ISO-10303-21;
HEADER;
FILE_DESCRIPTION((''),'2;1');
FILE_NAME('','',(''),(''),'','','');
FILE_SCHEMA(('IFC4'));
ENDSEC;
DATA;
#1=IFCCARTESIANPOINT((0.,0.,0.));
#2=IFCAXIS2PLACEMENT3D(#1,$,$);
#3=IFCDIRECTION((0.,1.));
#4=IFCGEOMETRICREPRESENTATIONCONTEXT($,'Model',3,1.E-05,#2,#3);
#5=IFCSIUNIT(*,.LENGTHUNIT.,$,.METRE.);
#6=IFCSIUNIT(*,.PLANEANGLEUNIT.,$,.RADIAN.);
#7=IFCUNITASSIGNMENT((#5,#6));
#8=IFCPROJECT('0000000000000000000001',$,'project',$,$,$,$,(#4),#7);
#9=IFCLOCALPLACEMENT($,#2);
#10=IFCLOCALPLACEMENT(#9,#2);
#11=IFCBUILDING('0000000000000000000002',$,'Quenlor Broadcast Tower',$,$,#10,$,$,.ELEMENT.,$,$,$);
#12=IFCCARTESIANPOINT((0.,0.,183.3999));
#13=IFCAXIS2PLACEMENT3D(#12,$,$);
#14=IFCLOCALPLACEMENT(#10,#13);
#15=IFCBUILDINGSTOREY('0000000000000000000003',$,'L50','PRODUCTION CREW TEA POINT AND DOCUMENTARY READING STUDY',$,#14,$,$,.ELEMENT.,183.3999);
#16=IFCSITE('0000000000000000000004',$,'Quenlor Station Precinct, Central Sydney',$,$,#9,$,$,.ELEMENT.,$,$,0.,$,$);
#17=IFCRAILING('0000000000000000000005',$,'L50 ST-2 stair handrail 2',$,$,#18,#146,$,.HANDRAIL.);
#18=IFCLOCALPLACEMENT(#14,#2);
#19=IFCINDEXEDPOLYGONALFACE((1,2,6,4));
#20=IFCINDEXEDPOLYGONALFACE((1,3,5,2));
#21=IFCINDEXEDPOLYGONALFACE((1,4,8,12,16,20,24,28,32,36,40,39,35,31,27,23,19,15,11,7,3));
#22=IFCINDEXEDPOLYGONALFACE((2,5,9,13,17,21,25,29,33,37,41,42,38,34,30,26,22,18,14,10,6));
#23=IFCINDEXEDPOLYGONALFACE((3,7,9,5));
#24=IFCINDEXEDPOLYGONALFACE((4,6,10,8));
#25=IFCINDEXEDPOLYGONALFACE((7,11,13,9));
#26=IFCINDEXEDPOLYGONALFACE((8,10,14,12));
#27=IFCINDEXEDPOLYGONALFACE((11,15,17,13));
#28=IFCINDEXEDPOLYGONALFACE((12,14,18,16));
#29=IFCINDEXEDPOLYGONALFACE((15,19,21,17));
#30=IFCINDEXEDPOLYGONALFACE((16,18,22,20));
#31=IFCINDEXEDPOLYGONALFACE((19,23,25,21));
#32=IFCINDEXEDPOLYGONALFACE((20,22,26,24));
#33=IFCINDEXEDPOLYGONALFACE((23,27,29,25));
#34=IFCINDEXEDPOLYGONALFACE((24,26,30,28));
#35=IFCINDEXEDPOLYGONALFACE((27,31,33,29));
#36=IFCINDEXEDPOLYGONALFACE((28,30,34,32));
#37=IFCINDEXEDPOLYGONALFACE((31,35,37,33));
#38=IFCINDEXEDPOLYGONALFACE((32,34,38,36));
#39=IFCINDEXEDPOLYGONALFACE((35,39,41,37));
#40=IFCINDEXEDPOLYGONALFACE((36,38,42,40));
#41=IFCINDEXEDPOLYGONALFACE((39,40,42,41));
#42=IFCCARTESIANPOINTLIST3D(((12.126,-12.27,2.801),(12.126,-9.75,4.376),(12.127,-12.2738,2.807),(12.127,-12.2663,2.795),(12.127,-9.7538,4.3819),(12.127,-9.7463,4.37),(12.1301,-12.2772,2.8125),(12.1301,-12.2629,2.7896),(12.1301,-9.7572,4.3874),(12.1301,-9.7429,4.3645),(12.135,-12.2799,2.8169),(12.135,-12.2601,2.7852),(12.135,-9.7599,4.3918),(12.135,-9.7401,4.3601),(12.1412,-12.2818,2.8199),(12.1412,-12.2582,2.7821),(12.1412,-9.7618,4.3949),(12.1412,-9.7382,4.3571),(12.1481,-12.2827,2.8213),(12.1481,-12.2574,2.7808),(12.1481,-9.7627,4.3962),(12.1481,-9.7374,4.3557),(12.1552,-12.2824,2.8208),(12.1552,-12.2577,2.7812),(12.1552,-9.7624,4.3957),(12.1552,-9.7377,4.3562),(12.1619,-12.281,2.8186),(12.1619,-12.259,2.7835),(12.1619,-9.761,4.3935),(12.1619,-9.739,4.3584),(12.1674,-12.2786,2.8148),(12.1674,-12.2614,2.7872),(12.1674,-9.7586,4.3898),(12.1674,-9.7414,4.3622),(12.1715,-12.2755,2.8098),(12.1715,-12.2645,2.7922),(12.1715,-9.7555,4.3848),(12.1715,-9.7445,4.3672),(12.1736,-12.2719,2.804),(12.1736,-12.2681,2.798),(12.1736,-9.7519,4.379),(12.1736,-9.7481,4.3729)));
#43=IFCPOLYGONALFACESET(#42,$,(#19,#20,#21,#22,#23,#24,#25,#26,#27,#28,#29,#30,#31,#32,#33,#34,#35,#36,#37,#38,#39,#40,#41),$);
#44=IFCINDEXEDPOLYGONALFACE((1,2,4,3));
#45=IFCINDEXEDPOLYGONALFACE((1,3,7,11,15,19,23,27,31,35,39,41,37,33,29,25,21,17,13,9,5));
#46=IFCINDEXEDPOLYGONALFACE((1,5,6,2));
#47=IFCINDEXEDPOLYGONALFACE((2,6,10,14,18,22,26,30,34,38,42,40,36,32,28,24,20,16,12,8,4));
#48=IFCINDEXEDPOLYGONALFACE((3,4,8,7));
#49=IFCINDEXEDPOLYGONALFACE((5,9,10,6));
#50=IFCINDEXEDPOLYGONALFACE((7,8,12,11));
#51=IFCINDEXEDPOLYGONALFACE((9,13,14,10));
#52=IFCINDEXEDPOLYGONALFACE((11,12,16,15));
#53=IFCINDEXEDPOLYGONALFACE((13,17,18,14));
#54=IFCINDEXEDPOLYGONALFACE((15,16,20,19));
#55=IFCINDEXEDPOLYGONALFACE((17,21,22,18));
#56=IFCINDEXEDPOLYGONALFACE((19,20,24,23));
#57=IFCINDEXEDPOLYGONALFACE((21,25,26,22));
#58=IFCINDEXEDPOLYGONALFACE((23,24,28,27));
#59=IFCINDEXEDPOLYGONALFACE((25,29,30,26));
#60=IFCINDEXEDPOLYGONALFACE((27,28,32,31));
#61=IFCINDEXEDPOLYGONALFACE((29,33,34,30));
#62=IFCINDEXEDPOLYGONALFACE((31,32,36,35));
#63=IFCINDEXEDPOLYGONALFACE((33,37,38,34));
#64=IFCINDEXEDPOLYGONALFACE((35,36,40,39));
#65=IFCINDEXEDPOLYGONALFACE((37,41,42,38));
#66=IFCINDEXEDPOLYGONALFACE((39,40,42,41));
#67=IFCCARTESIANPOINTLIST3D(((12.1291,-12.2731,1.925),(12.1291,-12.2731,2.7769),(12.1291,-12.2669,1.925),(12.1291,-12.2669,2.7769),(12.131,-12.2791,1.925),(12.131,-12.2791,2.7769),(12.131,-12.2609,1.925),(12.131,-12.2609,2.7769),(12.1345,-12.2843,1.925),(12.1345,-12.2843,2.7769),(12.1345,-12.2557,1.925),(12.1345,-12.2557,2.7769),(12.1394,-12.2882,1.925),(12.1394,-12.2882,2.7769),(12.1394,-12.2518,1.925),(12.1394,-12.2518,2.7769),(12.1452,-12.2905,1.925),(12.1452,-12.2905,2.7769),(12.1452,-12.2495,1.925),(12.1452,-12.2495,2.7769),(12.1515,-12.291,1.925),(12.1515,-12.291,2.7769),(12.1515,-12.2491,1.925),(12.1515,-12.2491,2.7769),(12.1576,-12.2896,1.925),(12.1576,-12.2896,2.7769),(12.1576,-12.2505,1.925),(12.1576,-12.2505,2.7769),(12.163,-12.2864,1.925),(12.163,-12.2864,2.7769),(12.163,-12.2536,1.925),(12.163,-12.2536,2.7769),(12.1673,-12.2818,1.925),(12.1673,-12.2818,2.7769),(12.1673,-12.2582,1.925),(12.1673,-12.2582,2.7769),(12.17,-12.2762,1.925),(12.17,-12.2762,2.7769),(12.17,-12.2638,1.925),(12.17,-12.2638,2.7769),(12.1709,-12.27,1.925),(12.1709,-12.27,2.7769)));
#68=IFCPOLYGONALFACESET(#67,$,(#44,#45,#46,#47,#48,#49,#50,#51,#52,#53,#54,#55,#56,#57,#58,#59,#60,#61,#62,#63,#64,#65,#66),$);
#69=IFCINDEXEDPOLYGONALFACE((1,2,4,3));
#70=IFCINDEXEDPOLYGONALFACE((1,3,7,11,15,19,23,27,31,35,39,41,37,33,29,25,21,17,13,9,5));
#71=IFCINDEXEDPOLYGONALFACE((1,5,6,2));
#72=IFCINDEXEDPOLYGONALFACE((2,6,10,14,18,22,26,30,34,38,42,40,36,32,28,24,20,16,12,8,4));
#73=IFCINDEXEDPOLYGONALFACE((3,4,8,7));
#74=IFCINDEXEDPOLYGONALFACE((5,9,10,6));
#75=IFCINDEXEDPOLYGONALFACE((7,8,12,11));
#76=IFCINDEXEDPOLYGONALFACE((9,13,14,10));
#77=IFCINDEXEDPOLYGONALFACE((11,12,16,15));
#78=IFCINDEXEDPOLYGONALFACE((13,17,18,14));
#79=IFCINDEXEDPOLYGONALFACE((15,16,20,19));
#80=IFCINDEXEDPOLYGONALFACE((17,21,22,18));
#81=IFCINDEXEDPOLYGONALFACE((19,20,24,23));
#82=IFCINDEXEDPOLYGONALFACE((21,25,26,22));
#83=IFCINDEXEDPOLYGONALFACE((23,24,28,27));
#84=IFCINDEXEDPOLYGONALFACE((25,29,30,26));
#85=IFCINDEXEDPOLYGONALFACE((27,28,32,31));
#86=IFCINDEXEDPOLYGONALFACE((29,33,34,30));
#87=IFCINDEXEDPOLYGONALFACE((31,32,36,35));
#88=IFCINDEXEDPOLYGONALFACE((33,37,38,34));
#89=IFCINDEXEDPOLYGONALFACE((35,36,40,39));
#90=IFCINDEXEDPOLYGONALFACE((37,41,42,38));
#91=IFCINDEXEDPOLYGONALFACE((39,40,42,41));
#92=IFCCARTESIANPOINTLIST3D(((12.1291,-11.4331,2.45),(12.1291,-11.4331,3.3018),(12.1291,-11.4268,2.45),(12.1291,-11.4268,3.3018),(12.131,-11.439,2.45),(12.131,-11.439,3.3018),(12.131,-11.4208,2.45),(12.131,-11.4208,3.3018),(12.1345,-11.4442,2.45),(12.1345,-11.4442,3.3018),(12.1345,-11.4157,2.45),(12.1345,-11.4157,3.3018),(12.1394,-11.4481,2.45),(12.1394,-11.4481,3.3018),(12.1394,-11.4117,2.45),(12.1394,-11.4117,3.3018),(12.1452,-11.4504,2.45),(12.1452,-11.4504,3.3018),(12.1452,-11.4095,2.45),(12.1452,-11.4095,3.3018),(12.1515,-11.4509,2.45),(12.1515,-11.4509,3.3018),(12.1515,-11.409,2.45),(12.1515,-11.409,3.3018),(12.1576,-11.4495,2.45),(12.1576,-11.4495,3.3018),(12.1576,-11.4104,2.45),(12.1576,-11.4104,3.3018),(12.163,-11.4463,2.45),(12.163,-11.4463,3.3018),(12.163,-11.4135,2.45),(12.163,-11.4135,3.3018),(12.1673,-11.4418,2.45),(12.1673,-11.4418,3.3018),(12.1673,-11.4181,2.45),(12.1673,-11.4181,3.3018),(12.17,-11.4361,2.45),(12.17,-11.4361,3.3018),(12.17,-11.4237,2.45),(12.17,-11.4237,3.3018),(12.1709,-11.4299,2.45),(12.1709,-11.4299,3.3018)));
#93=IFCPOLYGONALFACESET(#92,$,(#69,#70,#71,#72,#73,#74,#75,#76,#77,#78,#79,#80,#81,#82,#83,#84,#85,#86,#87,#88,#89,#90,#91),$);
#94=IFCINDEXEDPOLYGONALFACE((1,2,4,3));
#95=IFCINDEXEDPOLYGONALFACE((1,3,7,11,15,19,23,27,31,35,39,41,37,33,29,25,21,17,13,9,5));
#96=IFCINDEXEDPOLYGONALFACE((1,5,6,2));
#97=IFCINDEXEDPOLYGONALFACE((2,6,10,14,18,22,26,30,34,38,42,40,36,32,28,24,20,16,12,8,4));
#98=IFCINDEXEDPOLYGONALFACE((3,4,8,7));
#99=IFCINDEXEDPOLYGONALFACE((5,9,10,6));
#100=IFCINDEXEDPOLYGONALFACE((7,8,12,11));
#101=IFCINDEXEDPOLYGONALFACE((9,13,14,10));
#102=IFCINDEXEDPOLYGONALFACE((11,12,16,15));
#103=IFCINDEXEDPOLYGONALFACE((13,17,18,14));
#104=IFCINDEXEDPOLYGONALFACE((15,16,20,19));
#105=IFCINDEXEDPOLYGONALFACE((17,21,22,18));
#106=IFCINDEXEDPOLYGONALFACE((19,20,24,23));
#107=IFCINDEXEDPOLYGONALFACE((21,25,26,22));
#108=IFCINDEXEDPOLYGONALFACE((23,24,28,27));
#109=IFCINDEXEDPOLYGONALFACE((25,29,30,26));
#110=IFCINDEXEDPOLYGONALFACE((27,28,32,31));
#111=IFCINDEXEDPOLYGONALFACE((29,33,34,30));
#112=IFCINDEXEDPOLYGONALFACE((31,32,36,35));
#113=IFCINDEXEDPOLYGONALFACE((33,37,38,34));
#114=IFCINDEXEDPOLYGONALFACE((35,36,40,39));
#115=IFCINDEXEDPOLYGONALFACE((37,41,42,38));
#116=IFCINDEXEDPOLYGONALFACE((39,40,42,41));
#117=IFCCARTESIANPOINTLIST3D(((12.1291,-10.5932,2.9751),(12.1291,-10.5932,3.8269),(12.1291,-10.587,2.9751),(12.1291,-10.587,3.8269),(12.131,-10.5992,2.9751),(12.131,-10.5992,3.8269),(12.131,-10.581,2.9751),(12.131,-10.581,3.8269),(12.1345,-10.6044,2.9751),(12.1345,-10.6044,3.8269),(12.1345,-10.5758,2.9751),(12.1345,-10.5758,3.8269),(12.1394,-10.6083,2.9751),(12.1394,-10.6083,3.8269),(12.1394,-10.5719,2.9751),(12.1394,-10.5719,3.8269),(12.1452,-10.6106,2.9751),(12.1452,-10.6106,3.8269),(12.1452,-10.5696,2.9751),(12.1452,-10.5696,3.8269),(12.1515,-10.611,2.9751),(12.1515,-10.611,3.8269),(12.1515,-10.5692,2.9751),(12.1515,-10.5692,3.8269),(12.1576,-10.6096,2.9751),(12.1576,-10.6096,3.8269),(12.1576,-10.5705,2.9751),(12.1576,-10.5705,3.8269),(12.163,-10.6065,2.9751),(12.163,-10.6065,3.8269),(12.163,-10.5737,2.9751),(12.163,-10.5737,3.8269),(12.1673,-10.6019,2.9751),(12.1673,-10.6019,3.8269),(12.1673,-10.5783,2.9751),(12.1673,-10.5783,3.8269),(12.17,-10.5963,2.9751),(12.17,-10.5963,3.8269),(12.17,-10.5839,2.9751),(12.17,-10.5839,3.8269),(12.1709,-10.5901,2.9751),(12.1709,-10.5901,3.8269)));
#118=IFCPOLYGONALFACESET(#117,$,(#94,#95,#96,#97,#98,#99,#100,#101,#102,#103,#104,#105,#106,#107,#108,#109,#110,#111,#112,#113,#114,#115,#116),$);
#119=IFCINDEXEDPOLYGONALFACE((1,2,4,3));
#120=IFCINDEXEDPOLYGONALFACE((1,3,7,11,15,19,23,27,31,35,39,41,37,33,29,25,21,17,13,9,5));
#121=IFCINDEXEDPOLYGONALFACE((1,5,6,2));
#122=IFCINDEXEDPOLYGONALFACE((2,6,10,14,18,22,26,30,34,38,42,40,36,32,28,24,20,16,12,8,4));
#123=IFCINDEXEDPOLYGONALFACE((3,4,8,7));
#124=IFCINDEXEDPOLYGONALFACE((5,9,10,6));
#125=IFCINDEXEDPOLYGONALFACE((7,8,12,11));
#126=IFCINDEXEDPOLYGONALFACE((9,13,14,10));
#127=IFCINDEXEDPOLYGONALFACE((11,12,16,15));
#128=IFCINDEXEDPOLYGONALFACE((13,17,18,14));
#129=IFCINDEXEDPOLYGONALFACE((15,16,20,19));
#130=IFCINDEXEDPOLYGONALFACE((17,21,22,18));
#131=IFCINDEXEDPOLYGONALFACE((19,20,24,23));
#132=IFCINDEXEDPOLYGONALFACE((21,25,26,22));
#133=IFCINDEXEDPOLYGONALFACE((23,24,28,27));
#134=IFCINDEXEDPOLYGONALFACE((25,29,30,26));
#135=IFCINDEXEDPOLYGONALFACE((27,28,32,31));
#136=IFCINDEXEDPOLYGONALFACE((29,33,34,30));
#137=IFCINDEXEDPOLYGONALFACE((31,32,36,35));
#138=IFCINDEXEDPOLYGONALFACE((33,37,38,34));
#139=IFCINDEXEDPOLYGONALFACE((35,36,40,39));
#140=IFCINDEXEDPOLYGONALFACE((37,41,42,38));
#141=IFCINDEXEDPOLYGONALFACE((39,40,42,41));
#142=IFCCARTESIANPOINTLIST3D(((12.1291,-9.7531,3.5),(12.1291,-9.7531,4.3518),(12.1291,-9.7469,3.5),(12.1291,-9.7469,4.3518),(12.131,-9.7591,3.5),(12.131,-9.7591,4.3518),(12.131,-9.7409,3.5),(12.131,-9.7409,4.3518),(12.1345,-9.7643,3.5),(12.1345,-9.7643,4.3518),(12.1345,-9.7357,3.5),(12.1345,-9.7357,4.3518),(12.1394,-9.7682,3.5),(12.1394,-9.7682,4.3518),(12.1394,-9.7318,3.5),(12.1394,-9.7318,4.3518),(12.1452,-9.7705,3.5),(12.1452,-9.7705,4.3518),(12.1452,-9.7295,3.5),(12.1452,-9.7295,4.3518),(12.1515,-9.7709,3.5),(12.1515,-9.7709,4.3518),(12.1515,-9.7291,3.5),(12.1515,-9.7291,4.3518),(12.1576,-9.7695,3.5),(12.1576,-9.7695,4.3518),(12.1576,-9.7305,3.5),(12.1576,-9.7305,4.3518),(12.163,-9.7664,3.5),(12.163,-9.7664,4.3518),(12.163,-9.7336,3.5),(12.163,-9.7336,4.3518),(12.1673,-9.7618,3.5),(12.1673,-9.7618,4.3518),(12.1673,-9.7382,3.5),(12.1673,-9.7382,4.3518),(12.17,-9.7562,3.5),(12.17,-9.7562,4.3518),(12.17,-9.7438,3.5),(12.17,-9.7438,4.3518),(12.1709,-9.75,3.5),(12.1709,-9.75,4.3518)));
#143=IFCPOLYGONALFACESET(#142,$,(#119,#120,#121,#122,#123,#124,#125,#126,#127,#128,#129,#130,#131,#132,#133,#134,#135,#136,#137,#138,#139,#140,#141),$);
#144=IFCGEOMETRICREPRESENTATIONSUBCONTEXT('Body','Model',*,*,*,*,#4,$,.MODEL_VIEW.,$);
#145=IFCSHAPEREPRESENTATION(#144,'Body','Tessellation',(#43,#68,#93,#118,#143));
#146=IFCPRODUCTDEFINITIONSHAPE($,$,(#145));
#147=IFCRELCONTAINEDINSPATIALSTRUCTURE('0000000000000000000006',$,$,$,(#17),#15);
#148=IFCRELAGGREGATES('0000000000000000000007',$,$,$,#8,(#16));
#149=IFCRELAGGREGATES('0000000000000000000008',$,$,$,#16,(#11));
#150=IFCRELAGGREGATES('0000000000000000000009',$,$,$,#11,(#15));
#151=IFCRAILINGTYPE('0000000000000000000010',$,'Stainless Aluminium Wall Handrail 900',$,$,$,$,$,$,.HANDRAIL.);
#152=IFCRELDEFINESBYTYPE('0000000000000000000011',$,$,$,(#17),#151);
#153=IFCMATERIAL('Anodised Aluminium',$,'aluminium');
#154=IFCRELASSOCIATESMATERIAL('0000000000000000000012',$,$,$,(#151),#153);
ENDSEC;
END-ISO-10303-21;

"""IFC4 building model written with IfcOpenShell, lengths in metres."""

from ifc_helpers import new_model, si_unit, direction, frame, origin, origin_2d, place, context, subcontext, project, spatial, circle, extrude, material, type_object, element, save


model = new_model("IFC4")

# Units and contexts
model_context = context("Model", 3, precision=1e-05, world=origin(), true_north=direction((0.0, 1.0)))
body_context = subcontext(model_context, "Body", "Model", "MODEL_VIEW")
ifc_project = project(units=[si_unit("LENGTHUNIT", "METRE"), si_unit("PLANEANGLEUNIT", "RADIAN")], contexts=[model_context])

# Site, building, storey
site_placement = place(None, origin())
site = spatial("IfcSite", under=ifc_project, at=site_placement, Name="Quenlor Station Precinct, Central Sydney", CompositionType="ELEMENT", RefElevation=0.0)
building_placement = place(site_placement, origin())
building = spatial("IfcBuilding", under=site, at=building_placement, Name="Quenlor Broadcast Tower", CompositionType="ELEMENT")
storey_placement = place(building_placement, frame((0.0, 0.0, 183.3999)))
storey = spatial("IfcBuildingStorey", under=building, at=storey_placement, Name="L50", Description="PRODUCTION CREW TEA POINT AND DOCUMENTARY READING STUDY", CompositionType="ELEMENT", Elevation=183.3999)

# Railing
ifc_material_1 = material(Name="Anodised Aluminium", Category="aluminium")
railing_type_1 = type_object("IfcRailingType", Name="Stainless Aluminium Wall Handrail 900", PredefinedType="HANDRAIL", material=ifc_material_1)
railing_1_placement = place(storey_placement, frame((12.1499, -12.27, 1.925)))
element("IfcRailing", 1, at=railing_1_placement, inside=storey, type_object=railing_type_1, Name="L50 ST-2 stair handrail 2", PredefinedType="HANDRAIL", context=body_context, shape_type="SweptSolid", body=[
    extrude(circle(Radius=0.0239, at=origin_2d()), frame((0.0, 0.0, 0.876), z_axis=(0.0, 0.848008, 0.529984), x_axis=(-1.0, 0.0, 0.0)), (0.0, 0.0, 1.0), 2.9717),
    extrude(circle(Radius=0.021, at=origin_2d()), origin(), (0.0, 0.0, 1.0), 0.8518),
    extrude(circle(Radius=0.021, at=origin_2d()), frame((0.0, 0.8401, 0.5249)), (0.0, 0.0, 1.0), 0.8518),
    extrude(circle(Radius=0.021, at=origin_2d()), frame((0.0, 1.6799, 1.05)), (0.0, 0.0, 1.0), 0.8518),
    extrude(circle(Radius=0.021, at=origin_2d()), frame((0.0, 2.52, 1.575)), (0.0, 0.0, 1.0), 0.8518),
])

save(model, "model.ifc")
